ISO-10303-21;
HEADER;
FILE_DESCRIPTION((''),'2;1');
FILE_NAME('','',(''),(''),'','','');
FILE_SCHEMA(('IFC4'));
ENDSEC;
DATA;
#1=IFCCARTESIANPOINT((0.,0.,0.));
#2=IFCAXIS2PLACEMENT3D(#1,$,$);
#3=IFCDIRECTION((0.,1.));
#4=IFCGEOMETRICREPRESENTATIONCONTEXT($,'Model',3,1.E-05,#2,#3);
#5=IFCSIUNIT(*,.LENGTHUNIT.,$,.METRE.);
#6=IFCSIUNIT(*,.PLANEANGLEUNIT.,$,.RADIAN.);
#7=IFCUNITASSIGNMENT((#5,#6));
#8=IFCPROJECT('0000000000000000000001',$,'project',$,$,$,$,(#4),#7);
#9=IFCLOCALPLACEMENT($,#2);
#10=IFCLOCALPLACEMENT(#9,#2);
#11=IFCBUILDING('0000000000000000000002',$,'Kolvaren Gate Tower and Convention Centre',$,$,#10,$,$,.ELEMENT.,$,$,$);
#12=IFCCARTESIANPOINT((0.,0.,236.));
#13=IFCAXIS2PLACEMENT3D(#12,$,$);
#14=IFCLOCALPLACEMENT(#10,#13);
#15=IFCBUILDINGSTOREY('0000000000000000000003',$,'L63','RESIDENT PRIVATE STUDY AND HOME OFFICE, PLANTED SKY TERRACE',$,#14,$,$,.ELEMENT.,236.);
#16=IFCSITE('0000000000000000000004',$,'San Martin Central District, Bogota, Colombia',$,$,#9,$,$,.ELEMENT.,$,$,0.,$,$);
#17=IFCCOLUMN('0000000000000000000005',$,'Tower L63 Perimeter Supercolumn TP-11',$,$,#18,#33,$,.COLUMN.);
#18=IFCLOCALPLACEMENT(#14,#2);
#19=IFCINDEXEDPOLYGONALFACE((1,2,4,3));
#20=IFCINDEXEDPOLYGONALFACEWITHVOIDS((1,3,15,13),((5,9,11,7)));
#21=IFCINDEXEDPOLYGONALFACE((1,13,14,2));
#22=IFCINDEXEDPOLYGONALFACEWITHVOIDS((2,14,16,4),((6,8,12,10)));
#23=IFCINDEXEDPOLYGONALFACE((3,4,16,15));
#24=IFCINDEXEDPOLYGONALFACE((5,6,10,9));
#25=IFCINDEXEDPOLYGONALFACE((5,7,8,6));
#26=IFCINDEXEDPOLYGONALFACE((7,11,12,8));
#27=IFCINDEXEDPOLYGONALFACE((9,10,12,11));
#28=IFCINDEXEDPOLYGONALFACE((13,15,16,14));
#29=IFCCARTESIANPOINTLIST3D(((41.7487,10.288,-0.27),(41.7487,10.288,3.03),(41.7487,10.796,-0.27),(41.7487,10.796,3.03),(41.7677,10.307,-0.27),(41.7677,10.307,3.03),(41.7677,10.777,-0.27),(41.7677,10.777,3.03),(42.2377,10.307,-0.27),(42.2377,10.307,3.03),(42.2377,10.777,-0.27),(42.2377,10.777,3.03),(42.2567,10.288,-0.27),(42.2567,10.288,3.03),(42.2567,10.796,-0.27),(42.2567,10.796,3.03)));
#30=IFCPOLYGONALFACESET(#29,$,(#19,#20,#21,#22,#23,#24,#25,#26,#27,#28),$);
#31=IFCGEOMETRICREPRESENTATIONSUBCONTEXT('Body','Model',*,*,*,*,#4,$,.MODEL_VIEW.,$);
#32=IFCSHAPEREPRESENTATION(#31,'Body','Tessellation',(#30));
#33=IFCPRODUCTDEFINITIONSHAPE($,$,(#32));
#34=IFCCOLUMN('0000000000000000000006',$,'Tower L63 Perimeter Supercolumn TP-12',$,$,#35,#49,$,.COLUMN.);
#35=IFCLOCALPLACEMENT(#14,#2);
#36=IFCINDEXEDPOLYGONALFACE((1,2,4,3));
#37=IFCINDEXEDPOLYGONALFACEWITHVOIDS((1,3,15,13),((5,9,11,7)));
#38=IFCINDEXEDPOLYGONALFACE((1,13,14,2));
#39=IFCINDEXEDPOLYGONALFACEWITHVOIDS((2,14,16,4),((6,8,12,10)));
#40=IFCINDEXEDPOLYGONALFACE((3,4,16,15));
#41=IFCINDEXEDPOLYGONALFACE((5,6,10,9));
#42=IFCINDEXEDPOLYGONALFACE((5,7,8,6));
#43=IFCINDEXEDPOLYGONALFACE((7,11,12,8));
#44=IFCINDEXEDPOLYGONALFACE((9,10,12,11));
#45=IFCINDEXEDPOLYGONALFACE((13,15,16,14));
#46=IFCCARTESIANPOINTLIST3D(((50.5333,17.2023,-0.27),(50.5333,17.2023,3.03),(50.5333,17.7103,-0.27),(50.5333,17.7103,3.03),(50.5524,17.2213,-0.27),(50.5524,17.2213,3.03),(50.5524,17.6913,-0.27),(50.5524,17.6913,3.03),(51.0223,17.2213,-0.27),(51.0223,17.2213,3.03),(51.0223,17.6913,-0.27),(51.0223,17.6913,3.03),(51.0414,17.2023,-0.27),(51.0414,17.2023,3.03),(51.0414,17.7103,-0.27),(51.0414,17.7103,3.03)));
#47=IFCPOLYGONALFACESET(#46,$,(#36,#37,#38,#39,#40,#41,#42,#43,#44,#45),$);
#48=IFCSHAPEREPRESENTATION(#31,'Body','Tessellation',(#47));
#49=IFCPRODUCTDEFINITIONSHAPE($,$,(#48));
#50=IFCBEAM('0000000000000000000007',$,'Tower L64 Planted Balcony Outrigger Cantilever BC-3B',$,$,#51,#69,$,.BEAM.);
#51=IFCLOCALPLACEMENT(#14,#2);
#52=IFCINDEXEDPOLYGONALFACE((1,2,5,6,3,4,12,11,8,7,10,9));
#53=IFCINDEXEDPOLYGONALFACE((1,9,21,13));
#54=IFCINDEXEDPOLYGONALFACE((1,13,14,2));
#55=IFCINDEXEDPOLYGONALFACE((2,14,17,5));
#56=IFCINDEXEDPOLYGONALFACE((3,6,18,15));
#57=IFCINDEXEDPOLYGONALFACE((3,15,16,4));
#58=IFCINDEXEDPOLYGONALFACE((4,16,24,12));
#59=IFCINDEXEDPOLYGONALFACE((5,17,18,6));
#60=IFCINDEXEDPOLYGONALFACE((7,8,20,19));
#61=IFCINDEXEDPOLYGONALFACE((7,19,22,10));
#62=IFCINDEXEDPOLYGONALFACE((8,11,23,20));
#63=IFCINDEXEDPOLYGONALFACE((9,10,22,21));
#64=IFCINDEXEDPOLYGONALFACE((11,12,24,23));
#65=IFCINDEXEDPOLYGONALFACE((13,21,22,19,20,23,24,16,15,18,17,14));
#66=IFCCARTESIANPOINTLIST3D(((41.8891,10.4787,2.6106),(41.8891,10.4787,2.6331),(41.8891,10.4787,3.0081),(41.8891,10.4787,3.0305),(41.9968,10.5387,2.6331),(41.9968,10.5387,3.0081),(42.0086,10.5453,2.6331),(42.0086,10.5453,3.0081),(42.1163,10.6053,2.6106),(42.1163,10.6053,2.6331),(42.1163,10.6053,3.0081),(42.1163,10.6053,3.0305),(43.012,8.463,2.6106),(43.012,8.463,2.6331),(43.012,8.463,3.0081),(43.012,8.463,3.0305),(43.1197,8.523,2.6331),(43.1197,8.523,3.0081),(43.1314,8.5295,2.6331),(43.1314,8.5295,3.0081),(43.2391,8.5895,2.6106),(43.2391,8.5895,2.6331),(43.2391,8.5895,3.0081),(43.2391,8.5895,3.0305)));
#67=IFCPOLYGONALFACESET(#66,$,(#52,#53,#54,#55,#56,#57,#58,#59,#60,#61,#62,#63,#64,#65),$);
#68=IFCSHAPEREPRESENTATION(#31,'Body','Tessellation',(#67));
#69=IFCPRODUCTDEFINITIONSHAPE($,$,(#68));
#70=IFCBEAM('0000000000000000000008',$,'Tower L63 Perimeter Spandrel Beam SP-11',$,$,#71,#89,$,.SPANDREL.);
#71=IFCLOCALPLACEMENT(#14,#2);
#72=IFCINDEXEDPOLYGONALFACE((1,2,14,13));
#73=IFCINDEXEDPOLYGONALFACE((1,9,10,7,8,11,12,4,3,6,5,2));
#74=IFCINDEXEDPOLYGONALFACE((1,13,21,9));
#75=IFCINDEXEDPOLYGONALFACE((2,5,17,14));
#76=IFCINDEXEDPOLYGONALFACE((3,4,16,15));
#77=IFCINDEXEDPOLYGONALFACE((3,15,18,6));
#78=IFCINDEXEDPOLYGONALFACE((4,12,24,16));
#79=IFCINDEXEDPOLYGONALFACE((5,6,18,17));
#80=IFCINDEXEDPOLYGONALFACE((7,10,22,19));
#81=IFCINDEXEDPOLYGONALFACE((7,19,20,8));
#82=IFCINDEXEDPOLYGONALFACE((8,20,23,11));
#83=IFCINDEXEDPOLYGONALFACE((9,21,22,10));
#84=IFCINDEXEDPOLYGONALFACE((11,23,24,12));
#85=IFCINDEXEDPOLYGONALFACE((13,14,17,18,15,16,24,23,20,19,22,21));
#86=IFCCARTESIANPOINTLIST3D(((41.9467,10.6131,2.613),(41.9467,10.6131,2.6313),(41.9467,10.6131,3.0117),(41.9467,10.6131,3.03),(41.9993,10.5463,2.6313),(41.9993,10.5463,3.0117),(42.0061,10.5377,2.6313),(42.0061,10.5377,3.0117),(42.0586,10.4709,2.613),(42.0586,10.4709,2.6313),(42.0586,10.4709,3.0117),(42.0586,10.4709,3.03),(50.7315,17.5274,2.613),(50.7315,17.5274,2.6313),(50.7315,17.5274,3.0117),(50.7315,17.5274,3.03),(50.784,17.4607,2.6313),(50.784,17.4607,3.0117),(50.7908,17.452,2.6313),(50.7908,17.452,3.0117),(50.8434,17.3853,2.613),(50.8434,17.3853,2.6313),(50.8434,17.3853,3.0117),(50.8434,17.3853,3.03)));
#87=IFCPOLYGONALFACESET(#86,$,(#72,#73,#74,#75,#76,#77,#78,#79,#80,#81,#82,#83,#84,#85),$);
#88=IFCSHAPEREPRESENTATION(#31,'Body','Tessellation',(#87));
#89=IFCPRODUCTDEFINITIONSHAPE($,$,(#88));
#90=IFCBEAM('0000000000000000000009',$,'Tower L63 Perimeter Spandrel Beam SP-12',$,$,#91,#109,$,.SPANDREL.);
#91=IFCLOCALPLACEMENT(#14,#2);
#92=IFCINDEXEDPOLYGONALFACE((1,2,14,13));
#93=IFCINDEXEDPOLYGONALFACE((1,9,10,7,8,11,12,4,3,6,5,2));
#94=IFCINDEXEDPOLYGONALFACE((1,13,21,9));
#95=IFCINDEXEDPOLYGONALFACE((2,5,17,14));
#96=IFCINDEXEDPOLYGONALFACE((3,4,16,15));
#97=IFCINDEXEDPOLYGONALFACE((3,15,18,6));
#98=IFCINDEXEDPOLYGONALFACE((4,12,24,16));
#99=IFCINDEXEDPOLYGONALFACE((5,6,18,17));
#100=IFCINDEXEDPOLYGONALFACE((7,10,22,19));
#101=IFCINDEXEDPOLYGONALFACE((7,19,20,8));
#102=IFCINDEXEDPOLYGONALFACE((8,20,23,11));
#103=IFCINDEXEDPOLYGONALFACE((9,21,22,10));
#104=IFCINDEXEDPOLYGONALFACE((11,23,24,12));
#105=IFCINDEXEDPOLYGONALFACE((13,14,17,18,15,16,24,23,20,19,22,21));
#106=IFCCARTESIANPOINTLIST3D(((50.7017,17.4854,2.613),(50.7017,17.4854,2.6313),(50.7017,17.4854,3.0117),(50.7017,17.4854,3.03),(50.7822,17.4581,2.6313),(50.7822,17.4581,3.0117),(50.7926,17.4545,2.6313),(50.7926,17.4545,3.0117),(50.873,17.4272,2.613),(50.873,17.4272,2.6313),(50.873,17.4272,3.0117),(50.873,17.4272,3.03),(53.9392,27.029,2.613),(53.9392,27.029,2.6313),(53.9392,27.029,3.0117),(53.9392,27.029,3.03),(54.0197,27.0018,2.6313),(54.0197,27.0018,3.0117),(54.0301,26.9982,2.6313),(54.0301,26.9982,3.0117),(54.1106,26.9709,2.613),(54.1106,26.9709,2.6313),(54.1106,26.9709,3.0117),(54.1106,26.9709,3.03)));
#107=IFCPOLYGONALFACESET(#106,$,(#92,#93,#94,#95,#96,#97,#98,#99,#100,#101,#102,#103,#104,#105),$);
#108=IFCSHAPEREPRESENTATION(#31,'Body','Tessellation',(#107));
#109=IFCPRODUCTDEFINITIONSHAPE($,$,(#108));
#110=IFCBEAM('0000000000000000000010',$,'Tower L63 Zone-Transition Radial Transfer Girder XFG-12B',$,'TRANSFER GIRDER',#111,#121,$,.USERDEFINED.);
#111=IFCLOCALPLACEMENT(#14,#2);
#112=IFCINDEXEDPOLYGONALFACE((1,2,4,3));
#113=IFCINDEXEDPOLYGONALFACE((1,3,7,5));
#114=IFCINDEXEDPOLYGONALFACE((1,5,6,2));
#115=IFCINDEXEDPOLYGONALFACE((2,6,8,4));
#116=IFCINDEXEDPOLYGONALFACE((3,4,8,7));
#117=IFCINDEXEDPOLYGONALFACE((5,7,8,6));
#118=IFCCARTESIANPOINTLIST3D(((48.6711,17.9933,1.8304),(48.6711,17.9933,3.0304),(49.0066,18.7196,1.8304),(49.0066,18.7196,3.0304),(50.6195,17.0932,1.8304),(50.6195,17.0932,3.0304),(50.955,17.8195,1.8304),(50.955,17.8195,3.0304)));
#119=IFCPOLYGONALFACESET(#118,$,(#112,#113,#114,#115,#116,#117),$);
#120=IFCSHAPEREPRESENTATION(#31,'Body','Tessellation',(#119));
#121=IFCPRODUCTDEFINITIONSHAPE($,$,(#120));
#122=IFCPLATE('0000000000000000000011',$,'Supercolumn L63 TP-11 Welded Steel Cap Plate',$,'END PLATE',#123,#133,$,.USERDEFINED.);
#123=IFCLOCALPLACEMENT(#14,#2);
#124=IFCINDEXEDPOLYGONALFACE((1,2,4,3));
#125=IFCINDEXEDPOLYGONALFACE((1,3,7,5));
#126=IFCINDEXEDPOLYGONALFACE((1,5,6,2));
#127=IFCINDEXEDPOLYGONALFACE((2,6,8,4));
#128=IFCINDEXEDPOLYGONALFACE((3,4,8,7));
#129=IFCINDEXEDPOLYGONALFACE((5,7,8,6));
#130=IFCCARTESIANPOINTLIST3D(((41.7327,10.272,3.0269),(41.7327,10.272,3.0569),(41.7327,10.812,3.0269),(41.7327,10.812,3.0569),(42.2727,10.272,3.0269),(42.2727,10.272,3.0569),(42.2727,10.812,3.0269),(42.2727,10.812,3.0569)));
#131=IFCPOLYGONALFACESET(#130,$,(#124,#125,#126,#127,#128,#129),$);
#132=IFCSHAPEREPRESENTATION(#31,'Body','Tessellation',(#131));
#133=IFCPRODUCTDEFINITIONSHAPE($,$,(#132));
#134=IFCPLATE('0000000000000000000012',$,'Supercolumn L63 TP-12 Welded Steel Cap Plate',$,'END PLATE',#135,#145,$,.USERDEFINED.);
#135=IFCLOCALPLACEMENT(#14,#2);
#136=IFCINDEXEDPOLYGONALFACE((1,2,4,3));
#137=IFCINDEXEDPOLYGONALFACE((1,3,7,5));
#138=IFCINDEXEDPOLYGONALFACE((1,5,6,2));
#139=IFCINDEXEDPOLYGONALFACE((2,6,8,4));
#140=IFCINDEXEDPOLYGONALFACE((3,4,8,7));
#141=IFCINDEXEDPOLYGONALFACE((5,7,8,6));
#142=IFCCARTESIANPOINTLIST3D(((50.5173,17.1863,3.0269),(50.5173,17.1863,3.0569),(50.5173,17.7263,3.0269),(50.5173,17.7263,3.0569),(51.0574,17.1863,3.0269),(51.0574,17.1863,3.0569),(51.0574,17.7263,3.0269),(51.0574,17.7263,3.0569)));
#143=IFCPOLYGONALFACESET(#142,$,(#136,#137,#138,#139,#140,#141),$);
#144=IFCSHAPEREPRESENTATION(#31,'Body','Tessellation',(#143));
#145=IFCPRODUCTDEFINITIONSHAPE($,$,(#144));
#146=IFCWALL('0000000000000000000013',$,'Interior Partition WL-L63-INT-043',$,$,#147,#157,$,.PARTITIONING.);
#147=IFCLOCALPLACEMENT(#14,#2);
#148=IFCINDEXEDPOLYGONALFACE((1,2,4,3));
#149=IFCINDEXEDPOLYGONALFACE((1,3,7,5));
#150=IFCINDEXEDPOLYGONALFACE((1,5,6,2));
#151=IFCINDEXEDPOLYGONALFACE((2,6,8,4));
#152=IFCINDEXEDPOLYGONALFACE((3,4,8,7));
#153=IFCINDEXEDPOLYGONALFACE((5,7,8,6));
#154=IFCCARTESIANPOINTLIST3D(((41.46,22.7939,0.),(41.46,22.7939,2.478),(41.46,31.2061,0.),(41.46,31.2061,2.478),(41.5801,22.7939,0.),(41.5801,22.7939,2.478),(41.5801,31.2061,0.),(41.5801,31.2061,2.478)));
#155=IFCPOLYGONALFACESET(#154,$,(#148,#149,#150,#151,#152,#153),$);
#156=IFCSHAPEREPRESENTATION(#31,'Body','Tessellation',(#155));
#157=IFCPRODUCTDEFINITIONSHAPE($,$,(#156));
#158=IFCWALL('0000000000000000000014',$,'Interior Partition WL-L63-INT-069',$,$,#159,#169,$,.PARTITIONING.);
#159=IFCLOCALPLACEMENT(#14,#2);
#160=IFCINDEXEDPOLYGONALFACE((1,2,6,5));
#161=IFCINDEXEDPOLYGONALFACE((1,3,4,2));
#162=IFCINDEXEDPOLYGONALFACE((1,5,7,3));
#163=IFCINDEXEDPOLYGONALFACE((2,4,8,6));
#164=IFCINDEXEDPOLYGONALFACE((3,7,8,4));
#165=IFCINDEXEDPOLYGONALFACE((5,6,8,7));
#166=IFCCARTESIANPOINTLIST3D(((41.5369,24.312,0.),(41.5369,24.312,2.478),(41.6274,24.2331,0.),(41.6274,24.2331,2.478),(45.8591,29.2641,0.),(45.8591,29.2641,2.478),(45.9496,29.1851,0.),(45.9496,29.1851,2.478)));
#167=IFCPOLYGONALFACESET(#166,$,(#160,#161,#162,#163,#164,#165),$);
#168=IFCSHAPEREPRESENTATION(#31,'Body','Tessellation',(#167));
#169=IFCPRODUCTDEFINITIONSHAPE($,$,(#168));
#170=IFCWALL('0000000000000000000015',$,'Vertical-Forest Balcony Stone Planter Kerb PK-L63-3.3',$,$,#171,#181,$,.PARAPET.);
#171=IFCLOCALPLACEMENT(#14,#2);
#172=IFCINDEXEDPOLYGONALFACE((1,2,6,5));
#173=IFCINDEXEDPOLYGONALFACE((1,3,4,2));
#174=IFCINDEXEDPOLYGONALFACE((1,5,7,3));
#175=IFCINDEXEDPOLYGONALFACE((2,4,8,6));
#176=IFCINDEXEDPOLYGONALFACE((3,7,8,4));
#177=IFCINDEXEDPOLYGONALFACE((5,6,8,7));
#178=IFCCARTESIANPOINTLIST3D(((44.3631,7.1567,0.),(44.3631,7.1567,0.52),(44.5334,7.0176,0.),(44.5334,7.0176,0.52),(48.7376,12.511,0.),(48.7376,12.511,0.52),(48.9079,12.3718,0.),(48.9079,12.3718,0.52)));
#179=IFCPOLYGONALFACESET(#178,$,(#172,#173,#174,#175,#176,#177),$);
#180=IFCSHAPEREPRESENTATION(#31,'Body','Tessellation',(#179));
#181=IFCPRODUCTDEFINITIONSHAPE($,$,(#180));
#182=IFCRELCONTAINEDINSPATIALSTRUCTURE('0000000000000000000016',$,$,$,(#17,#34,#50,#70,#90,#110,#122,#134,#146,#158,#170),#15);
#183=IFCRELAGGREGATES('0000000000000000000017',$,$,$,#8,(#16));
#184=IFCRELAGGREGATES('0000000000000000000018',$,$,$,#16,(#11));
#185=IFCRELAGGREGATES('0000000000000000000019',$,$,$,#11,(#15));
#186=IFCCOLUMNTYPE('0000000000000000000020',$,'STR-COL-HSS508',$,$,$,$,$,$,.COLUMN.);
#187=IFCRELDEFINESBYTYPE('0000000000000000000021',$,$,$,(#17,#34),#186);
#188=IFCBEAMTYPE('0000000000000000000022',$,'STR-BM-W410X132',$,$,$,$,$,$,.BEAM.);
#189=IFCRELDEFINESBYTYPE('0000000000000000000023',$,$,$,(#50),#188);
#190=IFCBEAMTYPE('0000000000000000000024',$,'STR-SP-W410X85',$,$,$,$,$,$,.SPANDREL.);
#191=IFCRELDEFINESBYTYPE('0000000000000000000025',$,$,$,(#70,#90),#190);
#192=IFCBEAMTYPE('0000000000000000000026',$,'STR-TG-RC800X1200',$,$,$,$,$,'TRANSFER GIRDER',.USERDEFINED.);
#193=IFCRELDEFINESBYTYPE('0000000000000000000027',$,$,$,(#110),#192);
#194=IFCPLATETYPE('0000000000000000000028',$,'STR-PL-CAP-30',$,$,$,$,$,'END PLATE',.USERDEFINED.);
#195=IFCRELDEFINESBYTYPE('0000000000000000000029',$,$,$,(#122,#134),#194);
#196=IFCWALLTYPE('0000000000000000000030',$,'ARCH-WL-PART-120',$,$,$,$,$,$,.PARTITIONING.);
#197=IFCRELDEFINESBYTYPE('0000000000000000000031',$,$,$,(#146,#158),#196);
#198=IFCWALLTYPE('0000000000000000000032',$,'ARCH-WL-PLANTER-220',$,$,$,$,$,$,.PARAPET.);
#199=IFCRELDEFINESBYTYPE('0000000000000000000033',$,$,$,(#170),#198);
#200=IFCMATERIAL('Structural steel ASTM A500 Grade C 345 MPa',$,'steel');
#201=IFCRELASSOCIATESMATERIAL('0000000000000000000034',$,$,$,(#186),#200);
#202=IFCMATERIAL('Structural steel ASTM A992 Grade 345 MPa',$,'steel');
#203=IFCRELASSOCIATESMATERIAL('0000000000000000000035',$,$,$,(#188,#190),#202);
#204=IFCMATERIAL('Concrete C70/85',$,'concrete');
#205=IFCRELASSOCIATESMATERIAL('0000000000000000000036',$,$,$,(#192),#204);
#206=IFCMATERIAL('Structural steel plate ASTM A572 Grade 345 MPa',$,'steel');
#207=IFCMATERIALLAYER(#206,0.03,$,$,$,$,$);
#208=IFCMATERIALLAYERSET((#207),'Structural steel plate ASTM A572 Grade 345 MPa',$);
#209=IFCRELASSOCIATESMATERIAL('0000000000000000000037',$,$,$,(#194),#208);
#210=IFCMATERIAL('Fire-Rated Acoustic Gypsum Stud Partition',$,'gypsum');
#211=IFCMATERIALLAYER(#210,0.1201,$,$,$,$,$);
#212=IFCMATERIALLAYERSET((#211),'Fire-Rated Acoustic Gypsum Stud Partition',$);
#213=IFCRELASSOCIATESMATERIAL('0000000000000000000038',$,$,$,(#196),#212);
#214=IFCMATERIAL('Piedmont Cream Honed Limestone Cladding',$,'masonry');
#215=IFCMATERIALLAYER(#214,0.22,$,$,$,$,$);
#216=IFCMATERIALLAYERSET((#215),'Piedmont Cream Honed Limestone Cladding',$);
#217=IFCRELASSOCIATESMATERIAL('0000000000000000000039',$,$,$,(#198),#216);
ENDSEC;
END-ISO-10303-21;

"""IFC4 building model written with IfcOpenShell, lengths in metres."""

from ifc_helpers import new_model, si_unit, direction, frame, frame_2d, origin, origin_2d, place, context, subcontext, project, spatial, rectangle, hollow_rectangle, i_section, extrude, material, layer, layer_set, material_profile, profile_set, type_object, element, save


model = new_model("IFC4")

# Units and contexts
model_context = context("Model", 3, precision=1e-05, world=origin(), true_north=direction((0.0, 1.0)))
body_context = subcontext(model_context, "Body", "Model", "MODEL_VIEW")
ifc_project = project(units=[si_unit("LENGTHUNIT", "METRE"), si_unit("PLANEANGLEUNIT", "RADIAN")], contexts=[model_context])

# Site, building, storey
site_placement = place(None, origin())
site = spatial("IfcSite", under=ifc_project, at=site_placement, Name="San Martin Central District, Bogota, Colombia", CompositionType="ELEMENT", RefElevation=0.0)
building_placement = place(site_placement, origin())
building = spatial("IfcBuilding", under=site, at=building_placement, Name="Kolvaren Gate Tower and Convention Centre", CompositionType="ELEMENT")
storey_placement = place(building_placement, frame((0.0, 0.0, 236.0)))
storey = spatial("IfcBuildingStorey", under=building, at=storey_placement, Name="L63", Description="RESIDENT PRIVATE STUDY AND HOME OFFICE, PLANTED SKY TERRACE", CompositionType="ELEMENT", Elevation=236.0)

# Columns
ifc_material_1 = material(Name="Structural steel ASTM A500 Grade C 345 MPa", Category="steel")
ifc_material_profile_1 = material_profile(ifc_material_1, hollow_rectangle(XDim=0.5081, YDim=0.5081, WallThickness=0.019, at=origin_2d()), Name="HSS508X508X19.1")
ifc_profile_set_1 = profile_set([ifc_material_profile_1], Name="Structural steel ASTM A500 Grade C 345 MPa")
column_type = type_object("IfcColumnType", Name="STR-COL-HSS508", PredefinedType="COLUMN", material=ifc_profile_set_1)
for number, where, z_axis, x_axis, name in (
    (1, (42.0027, 10.542, -0.27), (0.0, 0.0, 1.0), (1.0, 0.0, 0.0), "Tower L63 Perimeter Supercolumn TP-11"),
    (2, (50.7874, 17.4563, -0.27), (0.0, 0.0, 1.0), (1.0, 0.0, 0.0), "Tower L63 Perimeter Supercolumn TP-12"),
):
    element("IfcColumn", number, at=place(storey_placement, frame(where, z_axis=z_axis, x_axis=x_axis)), inside=storey, type_object=column_type, Name=name, PredefinedType="COLUMN", context=body_context, shape_type="SweptSolid", body=[
        extrude(hollow_rectangle(XDim=0.5081, YDim=0.5081, WallThickness=0.019, at=origin_2d()), origin(), (0.0, 0.0, 1.0), 3.3),
    ])

# Beams
ifc_material_2 = material(Name="Structural steel ASTM A992 Grade 345 MPa", Category="steel")
ifc_material_profile_2 = material_profile(ifc_material_2, i_section(OverallWidth=0.26, OverallDepth=0.4199, WebThickness=0.0134, FlangeThickness=0.0225, at=origin_2d()), Name="W410X132")
ifc_profile_set_2 = profile_set([ifc_material_profile_2], Name="Structural steel ASTM A992 Grade 345 MPa")
beam_type_1 = type_object("IfcBeamType", Name="STR-BM-W410X132", PredefinedType="BEAM", material=ifc_profile_set_2)
beam_1_placement = place(storey_placement, frame((42.0027, 10.542, 2.8206), z_axis=(0.48664, -0.873603, 0.0), x_axis=(0.873603, 0.48664, 0.0)))
element("IfcBeam", 3, at=beam_1_placement, inside=storey, type_object=beam_type_1, Name="Tower L64 Planted Balcony Outrigger Cantilever BC-3B", PredefinedType="BEAM", context=body_context, shape_type="SweptSolid", body=[
    extrude(i_section(OverallWidth=0.26, OverallDepth=0.4199, WebThickness=0.0134, FlangeThickness=0.0225, at=origin_2d()), origin(), (0.0, 0.0, 1.0), 2.3074),
])
ifc_material_profile_3 = material_profile(ifc_material_2, i_section(OverallWidth=0.1809, OverallDepth=0.417, WebThickness=0.011, FlangeThickness=0.0183, at=origin_2d()), Name="W410X85")
ifc_profile_set_3 = profile_set([ifc_material_profile_3], Name="Structural steel ASTM A992 Grade 345 MPa")
beam_type_2 = type_object("IfcBeamType", Name="STR-SP-W410X85", PredefinedType="SPANDREL", material=ifc_profile_set_3)
beam_2_placement = place(storey_placement, frame((42.0027, 10.542, 2.8215), z_axis=(0.785794, 0.618489, 0.0), x_axis=(-0.618489, 0.785794, 0.0)))
element("IfcBeam", 4, at=beam_2_placement, inside=storey, type_object=beam_type_2, Name="Tower L63 Perimeter Spandrel Beam SP-11", PredefinedType="SPANDREL", context=body_context, shape_type="SweptSolid", body=[
    extrude(i_section(OverallWidth=0.1809, OverallDepth=0.417, WebThickness=0.011, FlangeThickness=0.0183, at=origin_2d()), origin(), (0.0, 0.0, 1.0), 11.1794),
])
beam_3_placement = place(storey_placement, frame((50.7874, 17.4563, 2.8215), z_axis=(0.321253, 0.946994, 0.0), x_axis=(-0.946994, 0.321253, 0.0)))
element("IfcBeam", 5, at=beam_3_placement, inside=storey, type_object=beam_type_2, Name="Tower L63 Perimeter Spandrel Beam SP-12", PredefinedType="SPANDREL", context=body_context, shape_type="SweptSolid", body=[
    extrude(i_section(OverallWidth=0.1809, OverallDepth=0.417, WebThickness=0.011, FlangeThickness=0.0183, at=origin_2d()), origin(), (0.0, 0.0, 1.0), 10.0779),
])
ifc_material_3 = material(Name="Concrete C70/85", Category="concrete")
ifc_material_profile_4 = material_profile(ifc_material_3, rectangle(XDim=0.8, YDim=1.2, at=origin_2d()), Name="RC-BM-800X1200")
ifc_profile_set_4 = profile_set([ifc_material_profile_4], Name="Concrete C70/85")
beam_type_3 = type_object("IfcBeamType", Name="STR-TG-RC800X1200", ElementType="TRANSFER GIRDER", PredefinedType="USERDEFINED", material=ifc_profile_set_4)
beam_4_placement = place(storey_placement, frame((48.8389, 18.3564, 2.4304), z_axis=(0.90781, -0.419383, 0.0), x_axis=(0.419383, 0.90781, 0.0)))
element("IfcBeam", 6, at=beam_4_placement, inside=storey, type_object=beam_type_3, Name="Tower L63 Zone-Transition Radial Transfer Girder XFG-12B", ObjectType="TRANSFER GIRDER", PredefinedType="USERDEFINED", context=body_context, shape_type="SweptSolid", body=[
    extrude(rectangle(XDim=0.8, YDim=1.2, at=origin_2d()), origin(), (0.0, 0.0, 1.0), 2.1462),
])

# Plates
ifc_material_4 = material(Name="Structural steel plate ASTM A572 Grade 345 MPa", Category="steel")
ifc_layer_1 = layer(ifc_material_4, 0.03)
ifc_layer_set_1 = layer_set([ifc_layer_1], Name="Structural steel plate ASTM A572 Grade 345 MPa")
plate_type = type_object("IfcPlateType", Name="STR-PL-CAP-30", ElementType="END PLATE", PredefinedType="USERDEFINED", material=ifc_layer_set_1)
for number, where, z_axis, x_axis, name in (
    (7, (42.0027, 10.542, 3.0269), (0.0, 0.0, 1.0), (1.0, 0.0, 0.0), "Supercolumn L63 TP-11 Welded Steel Cap Plate"),
    (8, (50.7874, 17.4563, 3.0269), (0.0, 0.0, 1.0), (1.0, 0.0, 0.0), "Supercolumn L63 TP-12 Welded Steel Cap Plate"),
):
    element("IfcPlate", number, at=place(storey_placement, frame(where, z_axis=z_axis, x_axis=x_axis)), inside=storey, type_object=plate_type, Name=name, ObjectType="END PLATE", PredefinedType="USERDEFINED", context=body_context, shape_type="SweptSolid", body=[
        extrude(rectangle(XDim=0.54, YDim=0.54, at=origin_2d()), origin(), (0.0, 0.0, 1.0), 0.03),
    ])

# Walls
ifc_material_5 = material(Name="Fire-Rated Acoustic Gypsum Stud Partition", Category="gypsum")
ifc_layer_2 = layer(ifc_material_5, 0.1201)
ifc_layer_set_2 = layer_set([ifc_layer_2], Name="Fire-Rated Acoustic Gypsum Stud Partition")
wall_type_1 = type_object("IfcWallType", Name="ARCH-WL-PART-120", PredefinedType="PARTITIONING", material=ifc_layer_set_2)
wall_1_placement = place(storey_placement, frame((41.52, 22.7939, 0.0), z_axis=(0.0, 0.0, 1.0), x_axis=(0.0, 1.0, 0.0)))
element("IfcWall", 9, at=wall_1_placement, inside=storey, type_object=wall_type_1, Name="Interior Partition WL-L63-INT-043", PredefinedType="PARTITIONING", context=body_context, shape_type="SweptSolid", body=[
    extrude(rectangle(XDim=8.4121, YDim=0.1201, at=frame_2d((4.2061, 0.0))), origin(), (0.0, 0.0, 1.0), 2.478),
])
wall_2_placement = place(storey_placement, frame((41.582, 24.2725, 0.0), z_axis=(0.0, 0.0, 1.0), x_axis=(0.657568, 0.753395, 0.0)))
element("IfcWall", 10, at=wall_2_placement, inside=storey, type_object=wall_type_1, Name="Interior Partition WL-L63-INT-069", PredefinedType="PARTITIONING", context=body_context, shape_type="SweptSolid", body=[
    extrude(rectangle(XDim=6.573, YDim=0.1201, at=frame_2d((3.2866, 0.0))), origin(), (0.0, 0.0, 1.0), 2.478),
])
ifc_material_6 = material(Name="Piedmont Cream Honed Limestone Cladding", Category="masonry")
ifc_layer_3 = layer(ifc_material_6, 0.22)
ifc_layer_set_3 = layer_set([ifc_layer_3], Name="Piedmont Cream Honed Limestone Cladding")
wall_type_2 = type_object("IfcWallType", Name="ARCH-WL-PLANTER-220", PredefinedType="PARAPET", material=ifc_layer_set_3)
wall_3_placement = place(storey_placement, frame((44.4482, 7.0872, 0.0), z_axis=(0.0, 0.0, 1.0), x_axis=(0.632697, 0.774399, 0.0)))
element("IfcWall", 11, at=wall_3_placement, inside=storey, type_object=wall_type_2, Name="Vertical-Forest Balcony Stone Planter Kerb PK-L63-3.3", PredefinedType="PARAPET", context=body_context, shape_type="SweptSolid", body=[
    extrude(rectangle(XDim=6.9141, YDim=0.22, at=frame_2d((3.457, 0.0))), origin(), (0.0, 0.0, 1.0), 0.52),
])

save(model, "model.ifc")
